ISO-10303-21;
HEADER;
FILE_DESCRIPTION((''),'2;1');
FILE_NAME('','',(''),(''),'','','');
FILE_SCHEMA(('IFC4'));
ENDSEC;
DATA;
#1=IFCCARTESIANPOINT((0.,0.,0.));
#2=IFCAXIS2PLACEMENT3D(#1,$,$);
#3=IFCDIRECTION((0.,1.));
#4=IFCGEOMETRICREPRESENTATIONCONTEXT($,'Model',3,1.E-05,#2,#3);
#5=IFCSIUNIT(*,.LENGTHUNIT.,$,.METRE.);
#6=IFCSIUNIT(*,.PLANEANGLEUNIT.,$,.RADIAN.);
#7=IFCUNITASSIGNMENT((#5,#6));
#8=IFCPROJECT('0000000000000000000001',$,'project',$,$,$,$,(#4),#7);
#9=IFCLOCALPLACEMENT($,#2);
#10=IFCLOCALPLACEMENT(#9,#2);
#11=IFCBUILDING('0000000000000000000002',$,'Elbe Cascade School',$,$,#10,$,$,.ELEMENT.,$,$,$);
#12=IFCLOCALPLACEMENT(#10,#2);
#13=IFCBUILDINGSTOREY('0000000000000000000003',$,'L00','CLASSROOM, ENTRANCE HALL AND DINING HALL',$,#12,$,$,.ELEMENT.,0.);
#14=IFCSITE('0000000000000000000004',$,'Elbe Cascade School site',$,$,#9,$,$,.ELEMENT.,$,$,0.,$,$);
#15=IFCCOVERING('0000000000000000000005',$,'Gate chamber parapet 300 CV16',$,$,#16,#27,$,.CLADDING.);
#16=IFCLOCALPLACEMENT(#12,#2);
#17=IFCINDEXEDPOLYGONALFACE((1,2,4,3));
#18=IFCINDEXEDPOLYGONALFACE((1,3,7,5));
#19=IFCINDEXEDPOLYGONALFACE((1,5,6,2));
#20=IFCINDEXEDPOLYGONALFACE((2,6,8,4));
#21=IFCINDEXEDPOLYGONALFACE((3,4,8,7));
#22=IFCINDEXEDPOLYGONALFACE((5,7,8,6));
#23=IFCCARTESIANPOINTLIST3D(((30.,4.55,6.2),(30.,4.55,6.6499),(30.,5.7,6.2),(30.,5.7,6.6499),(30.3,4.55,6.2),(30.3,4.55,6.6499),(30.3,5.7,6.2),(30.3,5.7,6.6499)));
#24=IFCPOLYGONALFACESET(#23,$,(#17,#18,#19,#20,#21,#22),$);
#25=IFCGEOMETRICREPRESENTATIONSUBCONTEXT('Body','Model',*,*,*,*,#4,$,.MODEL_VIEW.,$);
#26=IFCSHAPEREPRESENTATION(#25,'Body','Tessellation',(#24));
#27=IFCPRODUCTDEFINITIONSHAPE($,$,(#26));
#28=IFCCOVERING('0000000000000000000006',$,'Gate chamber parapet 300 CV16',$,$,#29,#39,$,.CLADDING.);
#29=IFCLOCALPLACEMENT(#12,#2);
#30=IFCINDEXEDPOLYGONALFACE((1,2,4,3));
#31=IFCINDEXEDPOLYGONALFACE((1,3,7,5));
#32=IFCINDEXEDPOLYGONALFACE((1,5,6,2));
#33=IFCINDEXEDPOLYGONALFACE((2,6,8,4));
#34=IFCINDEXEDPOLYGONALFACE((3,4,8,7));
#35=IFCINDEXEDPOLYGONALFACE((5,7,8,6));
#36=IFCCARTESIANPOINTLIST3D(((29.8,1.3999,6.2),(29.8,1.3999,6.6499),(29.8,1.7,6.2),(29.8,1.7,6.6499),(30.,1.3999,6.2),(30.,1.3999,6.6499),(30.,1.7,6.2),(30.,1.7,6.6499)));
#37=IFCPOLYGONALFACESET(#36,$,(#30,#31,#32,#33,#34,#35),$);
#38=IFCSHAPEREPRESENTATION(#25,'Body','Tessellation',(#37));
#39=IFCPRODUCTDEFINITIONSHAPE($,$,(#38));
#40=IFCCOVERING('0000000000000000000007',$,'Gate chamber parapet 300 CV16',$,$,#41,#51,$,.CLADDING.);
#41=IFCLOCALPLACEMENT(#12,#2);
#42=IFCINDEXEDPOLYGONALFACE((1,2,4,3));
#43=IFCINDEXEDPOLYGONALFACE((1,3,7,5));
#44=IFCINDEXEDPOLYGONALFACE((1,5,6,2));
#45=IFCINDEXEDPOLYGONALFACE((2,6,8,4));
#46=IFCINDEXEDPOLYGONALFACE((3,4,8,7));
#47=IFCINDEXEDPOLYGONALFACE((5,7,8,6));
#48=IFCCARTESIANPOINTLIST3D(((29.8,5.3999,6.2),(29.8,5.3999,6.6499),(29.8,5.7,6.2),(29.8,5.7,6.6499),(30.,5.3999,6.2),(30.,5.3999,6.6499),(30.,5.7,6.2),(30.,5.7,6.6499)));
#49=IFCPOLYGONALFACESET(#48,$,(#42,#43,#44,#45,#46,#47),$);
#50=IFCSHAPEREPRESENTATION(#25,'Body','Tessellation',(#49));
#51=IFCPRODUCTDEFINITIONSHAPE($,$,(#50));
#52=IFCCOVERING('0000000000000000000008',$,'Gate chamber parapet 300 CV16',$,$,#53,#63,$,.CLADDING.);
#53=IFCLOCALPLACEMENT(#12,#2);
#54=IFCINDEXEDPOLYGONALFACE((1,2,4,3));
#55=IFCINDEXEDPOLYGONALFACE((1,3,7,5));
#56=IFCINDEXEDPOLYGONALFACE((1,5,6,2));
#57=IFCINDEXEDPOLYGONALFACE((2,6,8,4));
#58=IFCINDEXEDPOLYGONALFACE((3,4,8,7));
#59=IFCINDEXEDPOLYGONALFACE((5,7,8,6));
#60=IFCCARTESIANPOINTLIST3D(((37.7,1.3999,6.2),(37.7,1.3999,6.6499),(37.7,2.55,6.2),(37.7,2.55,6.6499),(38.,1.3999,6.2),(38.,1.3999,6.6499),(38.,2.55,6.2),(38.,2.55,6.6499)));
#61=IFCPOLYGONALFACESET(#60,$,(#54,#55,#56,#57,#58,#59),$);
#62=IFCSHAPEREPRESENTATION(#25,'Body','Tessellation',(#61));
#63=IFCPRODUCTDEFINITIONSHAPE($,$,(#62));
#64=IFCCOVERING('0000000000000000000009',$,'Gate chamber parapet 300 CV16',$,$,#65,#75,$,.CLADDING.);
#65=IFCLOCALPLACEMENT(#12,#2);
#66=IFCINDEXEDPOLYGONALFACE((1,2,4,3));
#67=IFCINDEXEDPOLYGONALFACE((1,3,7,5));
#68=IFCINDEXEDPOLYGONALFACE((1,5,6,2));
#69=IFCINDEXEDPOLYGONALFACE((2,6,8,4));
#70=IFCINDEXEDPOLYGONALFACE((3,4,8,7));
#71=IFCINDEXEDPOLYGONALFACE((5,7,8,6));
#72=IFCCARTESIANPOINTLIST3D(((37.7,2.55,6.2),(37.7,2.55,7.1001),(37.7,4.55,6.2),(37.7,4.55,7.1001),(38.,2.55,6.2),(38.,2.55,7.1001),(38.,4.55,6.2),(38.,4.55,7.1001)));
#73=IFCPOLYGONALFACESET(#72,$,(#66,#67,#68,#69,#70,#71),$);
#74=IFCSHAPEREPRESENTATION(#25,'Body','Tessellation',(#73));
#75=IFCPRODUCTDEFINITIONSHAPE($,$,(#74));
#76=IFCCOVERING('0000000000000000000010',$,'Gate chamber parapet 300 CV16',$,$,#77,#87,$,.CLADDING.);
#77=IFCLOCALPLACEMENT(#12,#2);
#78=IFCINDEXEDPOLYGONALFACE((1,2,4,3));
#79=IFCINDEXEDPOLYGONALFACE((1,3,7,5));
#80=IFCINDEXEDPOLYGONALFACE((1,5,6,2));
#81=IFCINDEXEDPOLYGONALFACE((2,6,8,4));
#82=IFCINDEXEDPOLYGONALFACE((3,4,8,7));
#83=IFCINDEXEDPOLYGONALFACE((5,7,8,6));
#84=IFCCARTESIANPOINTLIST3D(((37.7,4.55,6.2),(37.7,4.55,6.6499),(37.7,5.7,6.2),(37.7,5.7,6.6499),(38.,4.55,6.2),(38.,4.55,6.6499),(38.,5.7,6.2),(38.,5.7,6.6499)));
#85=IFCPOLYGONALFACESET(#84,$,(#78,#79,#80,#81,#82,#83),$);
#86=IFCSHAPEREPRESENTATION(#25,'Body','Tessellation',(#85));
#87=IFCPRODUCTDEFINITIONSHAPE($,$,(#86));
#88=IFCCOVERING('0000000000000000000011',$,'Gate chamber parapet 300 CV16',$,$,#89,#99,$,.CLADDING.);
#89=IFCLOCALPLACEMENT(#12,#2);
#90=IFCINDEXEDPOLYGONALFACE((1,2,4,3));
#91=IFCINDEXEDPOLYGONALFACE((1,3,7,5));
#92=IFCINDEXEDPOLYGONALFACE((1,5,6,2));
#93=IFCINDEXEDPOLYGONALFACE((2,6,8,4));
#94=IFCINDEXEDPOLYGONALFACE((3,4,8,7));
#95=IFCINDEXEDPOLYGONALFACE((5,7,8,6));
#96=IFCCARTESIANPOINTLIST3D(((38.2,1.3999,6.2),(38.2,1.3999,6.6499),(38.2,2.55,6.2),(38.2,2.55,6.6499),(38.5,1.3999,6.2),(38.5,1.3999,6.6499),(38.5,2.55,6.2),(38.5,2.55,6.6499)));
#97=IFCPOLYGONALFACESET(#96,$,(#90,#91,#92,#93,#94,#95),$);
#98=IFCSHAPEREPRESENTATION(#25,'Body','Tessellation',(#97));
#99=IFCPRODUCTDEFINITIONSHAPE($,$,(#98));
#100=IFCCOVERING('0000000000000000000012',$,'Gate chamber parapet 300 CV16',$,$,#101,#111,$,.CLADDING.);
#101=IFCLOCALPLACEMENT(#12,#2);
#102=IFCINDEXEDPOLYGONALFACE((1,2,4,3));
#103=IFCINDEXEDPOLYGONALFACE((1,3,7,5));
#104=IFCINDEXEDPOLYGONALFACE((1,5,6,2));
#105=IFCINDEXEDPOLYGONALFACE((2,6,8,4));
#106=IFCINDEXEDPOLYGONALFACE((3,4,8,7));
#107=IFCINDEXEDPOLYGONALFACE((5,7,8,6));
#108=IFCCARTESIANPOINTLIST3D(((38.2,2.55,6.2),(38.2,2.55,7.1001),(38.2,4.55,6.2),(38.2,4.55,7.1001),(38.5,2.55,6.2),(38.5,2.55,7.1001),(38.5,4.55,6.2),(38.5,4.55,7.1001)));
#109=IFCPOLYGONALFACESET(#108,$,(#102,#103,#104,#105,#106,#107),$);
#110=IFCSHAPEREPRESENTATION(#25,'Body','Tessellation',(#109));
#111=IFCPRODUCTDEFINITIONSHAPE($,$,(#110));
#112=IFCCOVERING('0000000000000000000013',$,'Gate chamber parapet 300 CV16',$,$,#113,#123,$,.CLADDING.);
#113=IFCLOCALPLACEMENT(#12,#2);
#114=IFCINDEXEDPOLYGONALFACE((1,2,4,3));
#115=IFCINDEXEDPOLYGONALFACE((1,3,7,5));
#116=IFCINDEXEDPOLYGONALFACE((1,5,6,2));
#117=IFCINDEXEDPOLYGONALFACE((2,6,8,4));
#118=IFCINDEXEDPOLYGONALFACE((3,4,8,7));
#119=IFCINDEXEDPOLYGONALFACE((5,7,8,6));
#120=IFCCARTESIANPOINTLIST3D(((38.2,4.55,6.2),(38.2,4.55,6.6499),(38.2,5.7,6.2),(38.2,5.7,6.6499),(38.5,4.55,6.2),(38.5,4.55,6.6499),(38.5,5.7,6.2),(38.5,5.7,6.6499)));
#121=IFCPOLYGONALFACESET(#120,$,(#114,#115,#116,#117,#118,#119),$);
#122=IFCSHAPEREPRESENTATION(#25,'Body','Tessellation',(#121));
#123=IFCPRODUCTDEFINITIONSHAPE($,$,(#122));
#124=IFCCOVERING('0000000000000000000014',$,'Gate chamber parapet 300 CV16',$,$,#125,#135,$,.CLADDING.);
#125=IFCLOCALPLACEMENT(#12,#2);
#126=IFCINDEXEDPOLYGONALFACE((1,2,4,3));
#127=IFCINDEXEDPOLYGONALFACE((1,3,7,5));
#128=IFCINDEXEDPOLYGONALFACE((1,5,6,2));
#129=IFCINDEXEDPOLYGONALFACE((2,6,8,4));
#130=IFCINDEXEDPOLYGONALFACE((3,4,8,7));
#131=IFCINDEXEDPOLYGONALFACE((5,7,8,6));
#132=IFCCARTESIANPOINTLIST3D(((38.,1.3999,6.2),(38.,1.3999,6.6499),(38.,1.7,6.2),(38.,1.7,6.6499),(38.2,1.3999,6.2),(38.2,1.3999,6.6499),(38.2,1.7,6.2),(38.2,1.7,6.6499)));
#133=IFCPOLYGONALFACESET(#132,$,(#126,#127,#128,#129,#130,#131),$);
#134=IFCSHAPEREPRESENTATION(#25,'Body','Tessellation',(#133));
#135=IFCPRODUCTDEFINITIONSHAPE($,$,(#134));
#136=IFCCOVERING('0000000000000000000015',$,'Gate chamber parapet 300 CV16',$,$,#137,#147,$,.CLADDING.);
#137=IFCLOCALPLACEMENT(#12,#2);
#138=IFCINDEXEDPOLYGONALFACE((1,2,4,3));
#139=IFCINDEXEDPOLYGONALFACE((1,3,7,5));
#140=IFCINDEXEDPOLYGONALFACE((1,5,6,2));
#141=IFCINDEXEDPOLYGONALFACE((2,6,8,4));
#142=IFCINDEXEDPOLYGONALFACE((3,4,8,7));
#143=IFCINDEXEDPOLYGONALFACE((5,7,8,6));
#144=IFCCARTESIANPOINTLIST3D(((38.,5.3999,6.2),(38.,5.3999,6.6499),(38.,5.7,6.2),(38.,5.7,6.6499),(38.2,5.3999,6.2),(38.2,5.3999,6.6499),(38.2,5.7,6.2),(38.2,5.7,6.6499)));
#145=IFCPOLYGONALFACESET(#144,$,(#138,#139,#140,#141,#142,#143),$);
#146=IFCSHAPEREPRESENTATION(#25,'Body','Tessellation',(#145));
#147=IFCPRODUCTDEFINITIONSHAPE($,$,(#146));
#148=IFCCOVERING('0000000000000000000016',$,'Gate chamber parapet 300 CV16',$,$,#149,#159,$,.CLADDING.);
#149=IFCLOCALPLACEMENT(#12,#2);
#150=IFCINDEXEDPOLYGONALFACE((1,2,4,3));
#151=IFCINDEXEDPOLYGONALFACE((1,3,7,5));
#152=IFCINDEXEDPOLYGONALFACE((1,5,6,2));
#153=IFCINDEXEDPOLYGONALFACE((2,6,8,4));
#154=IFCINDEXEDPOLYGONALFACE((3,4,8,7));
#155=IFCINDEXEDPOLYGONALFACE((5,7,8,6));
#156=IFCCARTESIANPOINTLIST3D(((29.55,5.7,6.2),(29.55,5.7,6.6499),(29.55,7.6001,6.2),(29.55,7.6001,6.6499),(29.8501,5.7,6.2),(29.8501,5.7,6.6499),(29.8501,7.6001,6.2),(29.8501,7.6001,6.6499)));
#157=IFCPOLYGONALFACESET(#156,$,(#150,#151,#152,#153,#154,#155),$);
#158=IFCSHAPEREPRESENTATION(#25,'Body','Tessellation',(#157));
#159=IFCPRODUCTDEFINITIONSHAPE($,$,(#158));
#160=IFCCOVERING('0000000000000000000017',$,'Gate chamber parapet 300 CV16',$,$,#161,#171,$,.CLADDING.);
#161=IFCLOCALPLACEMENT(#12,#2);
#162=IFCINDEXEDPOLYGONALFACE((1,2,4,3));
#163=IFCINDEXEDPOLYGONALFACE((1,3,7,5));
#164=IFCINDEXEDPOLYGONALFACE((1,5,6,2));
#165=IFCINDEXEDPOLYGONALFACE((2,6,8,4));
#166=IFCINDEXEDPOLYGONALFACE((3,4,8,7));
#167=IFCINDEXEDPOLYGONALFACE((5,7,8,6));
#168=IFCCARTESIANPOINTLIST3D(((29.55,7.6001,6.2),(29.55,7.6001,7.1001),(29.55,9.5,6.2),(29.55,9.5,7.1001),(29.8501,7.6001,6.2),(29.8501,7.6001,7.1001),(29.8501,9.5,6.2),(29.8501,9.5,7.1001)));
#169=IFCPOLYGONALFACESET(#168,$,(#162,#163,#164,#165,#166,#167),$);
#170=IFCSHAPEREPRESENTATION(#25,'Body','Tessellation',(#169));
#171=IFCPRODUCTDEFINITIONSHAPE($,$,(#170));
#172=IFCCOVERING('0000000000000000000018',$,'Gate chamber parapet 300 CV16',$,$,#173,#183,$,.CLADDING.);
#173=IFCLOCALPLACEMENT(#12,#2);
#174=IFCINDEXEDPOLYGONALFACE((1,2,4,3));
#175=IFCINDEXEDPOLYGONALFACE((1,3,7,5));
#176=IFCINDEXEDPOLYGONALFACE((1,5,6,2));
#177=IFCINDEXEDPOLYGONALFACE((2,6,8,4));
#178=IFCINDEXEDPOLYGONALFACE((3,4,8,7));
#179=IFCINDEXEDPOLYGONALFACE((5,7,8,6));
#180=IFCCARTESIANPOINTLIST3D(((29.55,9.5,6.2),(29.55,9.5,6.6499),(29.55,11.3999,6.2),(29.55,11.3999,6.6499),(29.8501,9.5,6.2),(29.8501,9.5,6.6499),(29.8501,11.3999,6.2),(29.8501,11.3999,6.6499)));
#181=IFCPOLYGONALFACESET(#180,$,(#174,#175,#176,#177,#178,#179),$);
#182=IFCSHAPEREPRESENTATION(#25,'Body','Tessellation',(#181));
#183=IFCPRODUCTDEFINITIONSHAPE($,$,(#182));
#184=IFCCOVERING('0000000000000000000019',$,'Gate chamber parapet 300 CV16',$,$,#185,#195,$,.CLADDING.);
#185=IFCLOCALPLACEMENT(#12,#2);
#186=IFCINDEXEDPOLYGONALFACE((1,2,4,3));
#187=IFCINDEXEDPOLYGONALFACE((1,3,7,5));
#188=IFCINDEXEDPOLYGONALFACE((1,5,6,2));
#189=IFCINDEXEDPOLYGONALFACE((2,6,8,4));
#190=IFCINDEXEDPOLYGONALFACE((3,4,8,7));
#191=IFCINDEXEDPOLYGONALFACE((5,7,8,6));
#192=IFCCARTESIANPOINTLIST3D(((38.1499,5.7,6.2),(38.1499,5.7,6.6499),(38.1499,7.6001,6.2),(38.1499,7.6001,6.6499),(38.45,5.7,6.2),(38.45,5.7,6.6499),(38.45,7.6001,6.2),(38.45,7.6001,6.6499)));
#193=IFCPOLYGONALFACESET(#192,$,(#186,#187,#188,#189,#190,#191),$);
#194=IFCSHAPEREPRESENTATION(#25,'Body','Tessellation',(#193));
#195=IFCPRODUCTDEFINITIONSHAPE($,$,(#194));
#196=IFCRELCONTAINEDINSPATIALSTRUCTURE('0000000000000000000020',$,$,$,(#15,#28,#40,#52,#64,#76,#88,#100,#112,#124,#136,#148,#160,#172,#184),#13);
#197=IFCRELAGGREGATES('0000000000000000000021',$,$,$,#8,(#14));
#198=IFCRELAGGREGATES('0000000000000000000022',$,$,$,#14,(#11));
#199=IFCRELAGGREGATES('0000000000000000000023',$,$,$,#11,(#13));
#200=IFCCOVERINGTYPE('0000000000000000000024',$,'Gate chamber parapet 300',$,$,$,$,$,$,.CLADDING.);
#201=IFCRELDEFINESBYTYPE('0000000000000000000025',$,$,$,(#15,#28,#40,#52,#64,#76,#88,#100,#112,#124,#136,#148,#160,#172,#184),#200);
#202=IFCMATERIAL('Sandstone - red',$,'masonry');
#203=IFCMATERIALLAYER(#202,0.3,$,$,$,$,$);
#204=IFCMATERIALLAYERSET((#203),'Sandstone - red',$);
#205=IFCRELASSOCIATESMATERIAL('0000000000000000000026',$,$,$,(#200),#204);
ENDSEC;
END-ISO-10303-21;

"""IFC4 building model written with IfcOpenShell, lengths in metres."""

from ifc_helpers import new_model, si_unit, direction, frame, origin, place, context, subcontext, project, spatial, polyline, outline, extrude, material, layer, layer_set, type_object, element, save


model = new_model("IFC4")

# Units and contexts
model_context = context("Model", 3, precision=1e-05, world=origin(), true_north=direction((0.0, 1.0)))
body_context = subcontext(model_context, "Body", "Model", "MODEL_VIEW")
ifc_project = project(units=[si_unit("LENGTHUNIT", "METRE"), si_unit("PLANEANGLEUNIT", "RADIAN")], contexts=[model_context])

# Site, building, storey
site_placement = place(None, origin())
site = spatial("IfcSite", under=ifc_project, at=site_placement, Name="Elbe Cascade School site", CompositionType="ELEMENT", RefElevation=0.0)
building_placement = place(site_placement, origin())
building = spatial("IfcBuilding", under=site, at=building_placement, Name="Elbe Cascade School", CompositionType="ELEMENT")
storey_placement = place(building_placement, origin())
storey = spatial("IfcBuildingStorey", under=building, at=storey_placement, Name="L00", Description="CLASSROOM, ENTRANCE HALL AND DINING HALL", CompositionType="ELEMENT", Elevation=0.0)

# Coverings
ifc_material_1 = material(Name="Sandstone - red", Category="masonry")
ifc_layer_1 = layer(ifc_material_1, 0.3)
ifc_layer_set_1 = layer_set([ifc_layer_1], Name="Sandstone - red")
covering_type_1 = type_object("IfcCoveringType", Name="Gate chamber parapet 300", PredefinedType="CLADDING", material=ifc_layer_set_1)
covering_1_placement = place(storey_placement, frame((0.0, 0.0, 6.2)))
element("IfcCovering", 1, at=covering_1_placement, inside=storey, type_object=covering_type_1, Name="Gate chamber parapet 300 CV16", PredefinedType="CLADDING", context=body_context, shape_type="SweptSolid", body=[
    extrude(outline(polyline([(30.0, 4.55), (30.3, 4.55), (30.3, 5.7), (30.0, 5.7), (30.0, 4.55)])), origin(), (0.0, 0.0, 1.0), 0.45),
])
covering_2_placement = place(storey_placement, frame((0.0, 0.0, 6.2)))
element("IfcCovering", 2, at=covering_2_placement, inside=storey, type_object=covering_type_1, Name="Gate chamber parapet 300 CV16", PredefinedType="CLADDING", context=body_context, shape_type="SweptSolid", body=[
    extrude(outline(polyline([(29.8, 1.3999), (30.0, 1.3999), (30.0, 1.7), (29.8, 1.7), (29.8, 1.3999)])), origin(), (0.0, 0.0, 1.0), 0.45),
])
covering_3_placement = place(storey_placement, frame((0.0, 0.0, 6.2)))
element("IfcCovering", 3, at=covering_3_placement, inside=storey, type_object=covering_type_1, Name="Gate chamber parapet 300 CV16", PredefinedType="CLADDING", context=body_context, shape_type="SweptSolid", body=[
    extrude(outline(polyline([(29.8, 5.3999), (30.0, 5.3999), (30.0, 5.7), (29.8, 5.7), (29.8, 5.3999)])), origin(), (0.0, 0.0, 1.0), 0.45),
])
covering_4_placement = place(storey_placement, frame((0.0, 0.0, 6.2)))
element("IfcCovering", 4, at=covering_4_placement, inside=storey, type_object=covering_type_1, Name="Gate chamber parapet 300 CV16", PredefinedType="CLADDING", context=body_context, shape_type="SweptSolid", body=[
    extrude(outline(polyline([(37.7, 1.3999), (38.0, 1.3999), (38.0, 2.55), (37.7, 2.55), (37.7, 1.3999)])), origin(), (0.0, 0.0, 1.0), 0.45),
])
covering_5_placement = place(storey_placement, frame((0.0, 0.0, 6.2)))
element("IfcCovering", 5, at=covering_5_placement, inside=storey, type_object=covering_type_1, Name="Gate chamber parapet 300 CV16", PredefinedType="CLADDING", context=body_context, shape_type="SweptSolid", body=[
    extrude(outline(polyline([(37.7, 2.55), (38.0, 2.55), (38.0, 4.55), (37.7, 4.55), (37.7, 2.55)])), origin(), (0.0, 0.0, 1.0), 0.9001),
])
covering_6_placement = place(storey_placement, frame((0.0, 0.0, 6.2)))
element("IfcCovering", 6, at=covering_6_placement, inside=storey, type_object=covering_type_1, Name="Gate chamber parapet 300 CV16", PredefinedType="CLADDING", context=body_context, shape_type="SweptSolid", body=[
    extrude(outline(polyline([(37.7, 4.55), (38.0, 4.55), (38.0, 5.7), (37.7, 5.7), (37.7, 4.55)])), origin(), (0.0, 0.0, 1.0), 0.45),
])
covering_7_placement = place(storey_placement, frame((0.0, 0.0, 6.2)))
element("IfcCovering", 7, at=covering_7_placement, inside=storey, type_object=covering_type_1, Name="Gate chamber parapet 300 CV16", PredefinedType="CLADDING", context=body_context, shape_type="SweptSolid", body=[
    extrude(outline(polyline([(38.2, 1.3999), (38.5, 1.3999), (38.5, 2.55), (38.2, 2.55), (38.2, 1.3999)])), origin(), (0.0, 0.0, 1.0), 0.45),
])
covering_8_placement = place(storey_placement, frame((0.0, 0.0, 6.2)))
element("IfcCovering", 8, at=covering_8_placement, inside=storey, type_object=covering_type_1, Name="Gate chamber parapet 300 CV16", PredefinedType="CLADDING", context=body_context, shape_type="SweptSolid", body=[
    extrude(outline(polyline([(38.2, 2.55), (38.5, 2.55), (38.5, 4.55), (38.2, 4.55), (38.2, 2.55)])), origin(), (0.0, 0.0, 1.0), 0.9001),
])
covering_9_placement = place(storey_placement, frame((0.0, 0.0, 6.2)))
element("IfcCovering", 9, at=covering_9_placement, inside=storey, type_object=covering_type_1, Name="Gate chamber parapet 300 CV16", PredefinedType="CLADDING", context=body_context, shape_type="SweptSolid", body=[
    extrude(outline(polyline([(38.2, 4.55), (38.5, 4.55), (38.5, 5.7), (38.2, 5.7), (38.2, 4.55)])), origin(), (0.0, 0.0, 1.0), 0.45),
])
covering_10_placement = place(storey_placement, frame((0.0, 0.0, 6.2)))
element("IfcCovering", 10, at=covering_10_placement, inside=storey, type_object=covering_type_1, Name="Gate chamber parapet 300 CV16", PredefinedType="CLADDING", context=body_context, shape_type="SweptSolid", body=[
    extrude(outline(polyline([(38.0, 1.3999), (38.2, 1.3999), (38.2, 1.7), (38.0, 1.7), (38.0, 1.3999)])), origin(), (0.0, 0.0, 1.0), 0.45),
])
covering_11_placement = place(storey_placement, frame((0.0, 0.0, 6.2)))
element("IfcCovering", 11, at=covering_11_placement, inside=storey, type_object=covering_type_1, Name="Gate chamber parapet 300 CV16", PredefinedType="CLADDING", context=body_context, shape_type="SweptSolid", body=[
    extrude(outline(polyline([(38.0, 5.3999), (38.2, 5.3999), (38.2, 5.7), (38.0, 5.7), (38.0, 5.3999)])), origin(), (0.0, 0.0, 1.0), 0.45),
])
covering_12_placement = place(storey_placement, frame((0.0, 0.0, 6.2)))
element("IfcCovering", 12, at=covering_12_placement, inside=storey, type_object=covering_type_1, Name="Gate chamber parapet 300 CV16", PredefinedType="CLADDING", context=body_context, shape_type="SweptSolid", body=[
    extrude(outline(polyline([(29.55, 5.7), (29.8501, 5.7), (29.8501, 7.6001), (29.55, 7.6001), (29.55, 5.7)])), origin(), (0.0, 0.0, 1.0), 0.45),
])
covering_13_placement = place(storey_placement, frame((0.0, 0.0, 6.2)))
element("IfcCovering", 13, at=covering_13_placement, inside=storey, type_object=covering_type_1, Name="Gate chamber parapet 300 CV16", PredefinedType="CLADDING", context=body_context, shape_type="SweptSolid", body=[
    extrude(outline(polyline([(29.55, 7.6001), (29.8501, 7.6001), (29.8501, 9.5), (29.55, 9.5), (29.55, 7.6001)])), origin(), (0.0, 0.0, 1.0), 0.9001),
])
covering_14_placement = place(storey_placement, frame((0.0, 0.0, 6.2)))
element("IfcCovering", 14, at=covering_14_placement, inside=storey, type_object=covering_type_1, Name="Gate chamber parapet 300 CV16", PredefinedType="CLADDING", context=body_context, shape_type="SweptSolid", body=[
    extrude(outline(polyline([(29.55, 9.5), (29.8501, 9.5), (29.8501, 11.3999), (29.55, 11.3999), (29.55, 9.5)])), origin(), (0.0, 0.0, 1.0), 0.45),
])
covering_15_placement = place(storey_placement, frame((0.0, 0.0, 6.2)))
element("IfcCovering", 15, at=covering_15_placement, inside=storey, type_object=covering_type_1, Name="Gate chamber parapet 300 CV16", PredefinedType="CLADDING", context=body_context, shape_type="SweptSolid", body=[
    extrude(outline(polyline([(38.1499, 5.7), (38.45, 5.7), (38.45, 7.6001), (38.1499, 7.6001), (38.1499, 5.7)])), origin(), (0.0, 0.0, 1.0), 0.45),
])

save(model, "model.ifc")
